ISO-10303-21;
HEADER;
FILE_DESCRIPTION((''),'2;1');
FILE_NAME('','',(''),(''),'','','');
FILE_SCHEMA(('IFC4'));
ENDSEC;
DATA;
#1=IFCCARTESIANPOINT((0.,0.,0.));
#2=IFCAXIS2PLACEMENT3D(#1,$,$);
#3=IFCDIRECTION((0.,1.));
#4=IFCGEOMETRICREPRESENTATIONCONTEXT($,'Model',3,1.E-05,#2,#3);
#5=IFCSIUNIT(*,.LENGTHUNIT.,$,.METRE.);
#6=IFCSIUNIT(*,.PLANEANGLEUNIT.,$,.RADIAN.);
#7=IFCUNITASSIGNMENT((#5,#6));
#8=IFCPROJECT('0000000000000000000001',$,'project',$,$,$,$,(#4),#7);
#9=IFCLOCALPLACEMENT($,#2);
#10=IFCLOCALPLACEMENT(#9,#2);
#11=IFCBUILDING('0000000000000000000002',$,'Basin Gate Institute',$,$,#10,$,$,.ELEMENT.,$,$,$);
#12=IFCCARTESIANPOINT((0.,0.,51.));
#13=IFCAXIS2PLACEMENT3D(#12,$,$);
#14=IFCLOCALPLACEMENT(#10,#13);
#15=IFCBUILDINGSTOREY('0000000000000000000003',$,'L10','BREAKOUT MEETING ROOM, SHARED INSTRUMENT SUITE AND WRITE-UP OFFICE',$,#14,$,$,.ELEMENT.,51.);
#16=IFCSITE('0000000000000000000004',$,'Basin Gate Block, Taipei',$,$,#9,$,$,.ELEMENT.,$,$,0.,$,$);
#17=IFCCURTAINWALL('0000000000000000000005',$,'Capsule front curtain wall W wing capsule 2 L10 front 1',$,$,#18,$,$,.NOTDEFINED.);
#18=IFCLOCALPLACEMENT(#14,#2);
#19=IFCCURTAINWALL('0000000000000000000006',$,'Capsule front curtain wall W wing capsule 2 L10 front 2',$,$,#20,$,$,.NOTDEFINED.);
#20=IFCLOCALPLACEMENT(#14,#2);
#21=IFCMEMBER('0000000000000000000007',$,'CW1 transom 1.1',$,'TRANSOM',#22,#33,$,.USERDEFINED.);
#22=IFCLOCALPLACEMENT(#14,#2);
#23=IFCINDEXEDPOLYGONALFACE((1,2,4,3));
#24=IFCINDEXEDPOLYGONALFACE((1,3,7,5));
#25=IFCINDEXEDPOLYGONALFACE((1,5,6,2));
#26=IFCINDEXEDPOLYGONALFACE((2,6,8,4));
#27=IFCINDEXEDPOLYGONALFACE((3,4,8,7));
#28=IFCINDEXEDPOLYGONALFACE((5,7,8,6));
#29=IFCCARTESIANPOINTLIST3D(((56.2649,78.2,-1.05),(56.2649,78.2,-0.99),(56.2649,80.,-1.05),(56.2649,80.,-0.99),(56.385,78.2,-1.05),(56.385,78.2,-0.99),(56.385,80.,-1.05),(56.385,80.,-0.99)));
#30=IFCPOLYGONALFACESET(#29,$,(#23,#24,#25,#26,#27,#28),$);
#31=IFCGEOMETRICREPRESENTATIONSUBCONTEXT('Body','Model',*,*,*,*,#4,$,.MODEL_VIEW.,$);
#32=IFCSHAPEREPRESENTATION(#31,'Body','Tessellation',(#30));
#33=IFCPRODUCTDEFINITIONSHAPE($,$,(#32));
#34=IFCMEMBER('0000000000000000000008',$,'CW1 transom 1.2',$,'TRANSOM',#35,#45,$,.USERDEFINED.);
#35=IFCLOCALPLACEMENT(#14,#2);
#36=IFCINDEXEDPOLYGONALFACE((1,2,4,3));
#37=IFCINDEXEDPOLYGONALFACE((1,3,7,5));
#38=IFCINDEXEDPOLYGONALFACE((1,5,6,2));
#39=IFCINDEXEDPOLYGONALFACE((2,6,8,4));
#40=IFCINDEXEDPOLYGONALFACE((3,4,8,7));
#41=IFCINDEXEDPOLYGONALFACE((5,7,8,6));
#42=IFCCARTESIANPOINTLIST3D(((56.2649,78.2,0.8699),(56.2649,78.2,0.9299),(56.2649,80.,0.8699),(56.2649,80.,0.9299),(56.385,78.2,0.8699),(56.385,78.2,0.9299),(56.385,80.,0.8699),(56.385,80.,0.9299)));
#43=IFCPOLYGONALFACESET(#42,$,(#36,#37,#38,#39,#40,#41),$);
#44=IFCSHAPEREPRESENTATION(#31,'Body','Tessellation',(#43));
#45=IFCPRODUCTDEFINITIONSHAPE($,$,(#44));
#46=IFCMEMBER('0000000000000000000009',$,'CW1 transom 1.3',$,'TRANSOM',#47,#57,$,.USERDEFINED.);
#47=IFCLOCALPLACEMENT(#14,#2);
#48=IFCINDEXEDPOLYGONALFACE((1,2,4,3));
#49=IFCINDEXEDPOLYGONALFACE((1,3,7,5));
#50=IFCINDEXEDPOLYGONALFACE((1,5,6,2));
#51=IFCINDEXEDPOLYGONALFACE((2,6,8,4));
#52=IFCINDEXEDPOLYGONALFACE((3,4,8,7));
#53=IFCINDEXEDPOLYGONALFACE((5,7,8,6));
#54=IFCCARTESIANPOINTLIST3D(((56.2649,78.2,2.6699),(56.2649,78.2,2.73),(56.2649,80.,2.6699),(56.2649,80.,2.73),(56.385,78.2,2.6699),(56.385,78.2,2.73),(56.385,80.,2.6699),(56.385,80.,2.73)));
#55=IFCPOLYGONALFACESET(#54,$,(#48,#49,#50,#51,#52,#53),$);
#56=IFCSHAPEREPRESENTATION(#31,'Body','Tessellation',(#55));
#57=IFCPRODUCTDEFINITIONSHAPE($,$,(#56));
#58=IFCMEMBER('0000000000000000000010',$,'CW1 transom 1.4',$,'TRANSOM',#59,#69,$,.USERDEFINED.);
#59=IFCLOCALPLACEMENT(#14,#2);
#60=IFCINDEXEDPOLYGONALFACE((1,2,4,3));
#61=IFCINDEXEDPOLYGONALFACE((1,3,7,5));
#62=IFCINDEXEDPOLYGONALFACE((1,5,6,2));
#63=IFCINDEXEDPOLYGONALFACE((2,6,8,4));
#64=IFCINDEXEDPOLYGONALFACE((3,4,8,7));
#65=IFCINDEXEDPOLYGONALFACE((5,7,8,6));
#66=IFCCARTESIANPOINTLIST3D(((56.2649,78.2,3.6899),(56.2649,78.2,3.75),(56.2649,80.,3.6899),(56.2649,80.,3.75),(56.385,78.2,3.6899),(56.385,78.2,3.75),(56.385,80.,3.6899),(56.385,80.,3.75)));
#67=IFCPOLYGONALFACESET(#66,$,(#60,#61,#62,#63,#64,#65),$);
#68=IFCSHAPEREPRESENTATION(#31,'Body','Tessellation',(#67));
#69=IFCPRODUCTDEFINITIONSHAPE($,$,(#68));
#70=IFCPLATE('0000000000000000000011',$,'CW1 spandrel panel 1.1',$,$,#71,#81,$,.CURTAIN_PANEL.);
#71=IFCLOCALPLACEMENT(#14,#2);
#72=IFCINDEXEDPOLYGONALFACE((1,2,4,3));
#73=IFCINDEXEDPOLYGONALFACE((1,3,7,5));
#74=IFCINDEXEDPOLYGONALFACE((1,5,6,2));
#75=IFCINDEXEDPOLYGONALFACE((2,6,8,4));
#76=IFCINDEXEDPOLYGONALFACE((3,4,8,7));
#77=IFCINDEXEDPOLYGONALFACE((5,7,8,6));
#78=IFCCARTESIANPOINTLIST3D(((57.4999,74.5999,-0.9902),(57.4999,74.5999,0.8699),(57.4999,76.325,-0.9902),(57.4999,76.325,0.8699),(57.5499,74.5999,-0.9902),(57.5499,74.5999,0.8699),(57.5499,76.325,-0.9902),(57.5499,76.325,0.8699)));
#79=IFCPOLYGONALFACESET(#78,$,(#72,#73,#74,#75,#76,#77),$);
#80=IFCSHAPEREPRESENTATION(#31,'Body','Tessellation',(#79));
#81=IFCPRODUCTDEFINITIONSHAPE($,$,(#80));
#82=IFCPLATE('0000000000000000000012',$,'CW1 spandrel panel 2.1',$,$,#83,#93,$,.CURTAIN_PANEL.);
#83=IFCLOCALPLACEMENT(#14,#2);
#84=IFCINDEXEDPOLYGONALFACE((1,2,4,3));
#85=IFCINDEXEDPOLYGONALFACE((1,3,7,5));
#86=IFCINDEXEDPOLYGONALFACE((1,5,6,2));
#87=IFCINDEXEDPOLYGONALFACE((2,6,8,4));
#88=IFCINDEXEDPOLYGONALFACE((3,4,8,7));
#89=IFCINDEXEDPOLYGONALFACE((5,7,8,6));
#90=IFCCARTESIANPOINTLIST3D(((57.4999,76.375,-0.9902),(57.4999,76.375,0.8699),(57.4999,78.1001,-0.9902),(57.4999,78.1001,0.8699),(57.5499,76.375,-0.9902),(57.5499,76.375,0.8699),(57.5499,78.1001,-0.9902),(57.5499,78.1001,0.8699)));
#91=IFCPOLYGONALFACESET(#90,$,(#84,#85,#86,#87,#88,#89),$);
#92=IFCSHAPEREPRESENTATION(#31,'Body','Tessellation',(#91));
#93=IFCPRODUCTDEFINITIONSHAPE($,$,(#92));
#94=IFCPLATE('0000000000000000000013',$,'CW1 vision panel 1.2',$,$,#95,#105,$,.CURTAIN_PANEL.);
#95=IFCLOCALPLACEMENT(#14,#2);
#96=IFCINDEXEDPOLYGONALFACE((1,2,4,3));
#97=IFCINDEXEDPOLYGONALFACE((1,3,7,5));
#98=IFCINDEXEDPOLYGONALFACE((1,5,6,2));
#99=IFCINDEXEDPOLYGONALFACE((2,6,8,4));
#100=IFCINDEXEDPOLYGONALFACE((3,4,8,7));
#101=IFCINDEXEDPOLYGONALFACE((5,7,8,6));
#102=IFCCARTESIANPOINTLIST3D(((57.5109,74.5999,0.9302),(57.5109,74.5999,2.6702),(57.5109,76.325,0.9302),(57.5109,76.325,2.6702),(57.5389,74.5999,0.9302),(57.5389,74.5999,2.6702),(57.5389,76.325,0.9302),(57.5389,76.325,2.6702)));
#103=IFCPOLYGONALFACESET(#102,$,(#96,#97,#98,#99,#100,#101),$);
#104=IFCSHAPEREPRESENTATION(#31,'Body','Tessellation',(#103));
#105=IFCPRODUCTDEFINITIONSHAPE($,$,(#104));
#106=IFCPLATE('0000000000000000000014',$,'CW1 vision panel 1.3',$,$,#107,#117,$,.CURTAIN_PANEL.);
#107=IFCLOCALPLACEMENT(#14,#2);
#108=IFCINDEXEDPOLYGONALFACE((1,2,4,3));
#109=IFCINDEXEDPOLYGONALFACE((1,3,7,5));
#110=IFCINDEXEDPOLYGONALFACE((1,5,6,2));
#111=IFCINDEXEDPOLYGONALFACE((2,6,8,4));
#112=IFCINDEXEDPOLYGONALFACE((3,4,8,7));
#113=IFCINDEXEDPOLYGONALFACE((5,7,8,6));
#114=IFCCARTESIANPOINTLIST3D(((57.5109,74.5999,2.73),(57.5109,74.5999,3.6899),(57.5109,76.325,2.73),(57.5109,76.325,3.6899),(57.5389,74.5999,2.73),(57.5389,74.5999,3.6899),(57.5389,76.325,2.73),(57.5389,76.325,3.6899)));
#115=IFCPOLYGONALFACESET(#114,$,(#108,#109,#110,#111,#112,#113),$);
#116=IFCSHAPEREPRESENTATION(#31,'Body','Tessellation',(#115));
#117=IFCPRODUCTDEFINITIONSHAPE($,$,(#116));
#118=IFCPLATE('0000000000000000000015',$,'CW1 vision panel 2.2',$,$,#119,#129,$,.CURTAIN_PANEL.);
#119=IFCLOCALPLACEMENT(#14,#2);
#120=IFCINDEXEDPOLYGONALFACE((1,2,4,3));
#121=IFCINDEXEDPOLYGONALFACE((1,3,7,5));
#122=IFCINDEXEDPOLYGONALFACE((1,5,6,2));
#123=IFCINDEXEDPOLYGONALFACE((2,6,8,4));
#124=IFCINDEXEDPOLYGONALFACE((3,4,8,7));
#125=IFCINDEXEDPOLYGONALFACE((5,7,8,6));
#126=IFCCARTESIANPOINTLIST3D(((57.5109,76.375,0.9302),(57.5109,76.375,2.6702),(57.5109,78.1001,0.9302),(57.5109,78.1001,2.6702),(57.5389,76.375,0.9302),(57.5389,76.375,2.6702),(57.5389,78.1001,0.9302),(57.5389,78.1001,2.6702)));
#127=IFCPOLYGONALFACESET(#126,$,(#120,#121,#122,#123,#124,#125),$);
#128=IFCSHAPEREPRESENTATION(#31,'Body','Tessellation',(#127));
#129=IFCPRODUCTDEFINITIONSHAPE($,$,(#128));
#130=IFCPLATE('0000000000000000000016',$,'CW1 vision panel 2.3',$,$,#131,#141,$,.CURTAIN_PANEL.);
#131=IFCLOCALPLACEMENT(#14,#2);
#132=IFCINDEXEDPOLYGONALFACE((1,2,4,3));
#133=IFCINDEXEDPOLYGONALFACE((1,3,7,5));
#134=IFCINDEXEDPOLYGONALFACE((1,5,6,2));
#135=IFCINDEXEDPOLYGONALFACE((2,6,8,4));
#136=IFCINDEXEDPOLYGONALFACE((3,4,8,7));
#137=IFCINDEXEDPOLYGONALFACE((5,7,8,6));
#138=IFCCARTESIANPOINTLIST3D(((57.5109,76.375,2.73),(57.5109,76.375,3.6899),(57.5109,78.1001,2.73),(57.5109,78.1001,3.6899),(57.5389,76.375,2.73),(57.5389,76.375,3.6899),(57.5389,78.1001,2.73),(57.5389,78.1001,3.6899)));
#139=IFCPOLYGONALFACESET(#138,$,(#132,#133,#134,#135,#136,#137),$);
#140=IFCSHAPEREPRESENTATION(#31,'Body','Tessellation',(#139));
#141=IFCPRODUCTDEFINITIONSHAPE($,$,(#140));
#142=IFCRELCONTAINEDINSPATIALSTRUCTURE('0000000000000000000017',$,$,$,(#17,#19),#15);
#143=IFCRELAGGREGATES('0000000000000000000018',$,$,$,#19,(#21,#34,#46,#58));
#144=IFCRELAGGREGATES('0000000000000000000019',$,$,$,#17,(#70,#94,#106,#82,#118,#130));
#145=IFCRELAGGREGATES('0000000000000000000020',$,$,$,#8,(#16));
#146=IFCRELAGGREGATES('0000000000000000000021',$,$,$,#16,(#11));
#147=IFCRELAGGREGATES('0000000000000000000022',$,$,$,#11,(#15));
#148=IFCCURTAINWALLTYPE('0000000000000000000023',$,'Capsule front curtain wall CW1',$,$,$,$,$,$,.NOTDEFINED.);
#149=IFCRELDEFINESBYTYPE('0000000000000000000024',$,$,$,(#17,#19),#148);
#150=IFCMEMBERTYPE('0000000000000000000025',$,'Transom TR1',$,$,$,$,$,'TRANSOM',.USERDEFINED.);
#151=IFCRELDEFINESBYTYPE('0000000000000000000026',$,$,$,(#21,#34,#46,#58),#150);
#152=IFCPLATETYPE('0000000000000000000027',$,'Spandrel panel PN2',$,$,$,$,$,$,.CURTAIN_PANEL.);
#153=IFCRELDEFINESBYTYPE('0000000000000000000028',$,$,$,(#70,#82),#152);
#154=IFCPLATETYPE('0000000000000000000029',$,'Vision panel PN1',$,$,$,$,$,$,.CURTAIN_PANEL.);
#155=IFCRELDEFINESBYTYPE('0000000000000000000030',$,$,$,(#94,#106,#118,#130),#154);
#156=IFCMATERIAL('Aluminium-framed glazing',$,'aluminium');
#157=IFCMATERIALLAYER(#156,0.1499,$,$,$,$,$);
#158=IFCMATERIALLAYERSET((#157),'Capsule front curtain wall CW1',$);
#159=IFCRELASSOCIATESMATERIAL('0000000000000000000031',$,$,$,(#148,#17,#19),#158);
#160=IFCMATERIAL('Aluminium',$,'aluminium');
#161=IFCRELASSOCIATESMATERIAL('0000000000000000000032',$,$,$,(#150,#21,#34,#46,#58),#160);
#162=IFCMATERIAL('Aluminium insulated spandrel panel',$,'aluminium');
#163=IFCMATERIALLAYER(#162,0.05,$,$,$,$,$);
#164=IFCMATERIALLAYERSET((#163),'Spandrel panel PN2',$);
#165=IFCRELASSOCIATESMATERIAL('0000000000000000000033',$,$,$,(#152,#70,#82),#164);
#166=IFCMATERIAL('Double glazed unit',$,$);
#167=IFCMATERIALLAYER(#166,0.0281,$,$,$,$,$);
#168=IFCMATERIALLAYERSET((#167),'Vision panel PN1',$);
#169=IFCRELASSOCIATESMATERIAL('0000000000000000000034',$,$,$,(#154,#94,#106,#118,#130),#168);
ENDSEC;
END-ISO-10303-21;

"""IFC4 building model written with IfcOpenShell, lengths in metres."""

from ifc_helpers import new_model, si_unit, direction, frame, origin, origin_2d, place, context, subcontext, project, spatial, rectangle, extrude, material, layer, layer_set, material_profile, profile_set, type_object, element, aggregate, save


model = new_model("IFC4")

# Units and contexts
model_context = context("Model", 3, precision=1e-05, world=origin(), true_north=direction((0.0, 1.0)))
body_context = subcontext(model_context, "Body", "Model", "MODEL_VIEW")
ifc_project = project(units=[si_unit("LENGTHUNIT", "METRE"), si_unit("PLANEANGLEUNIT", "RADIAN")], contexts=[model_context])

# Site, building, storey
site_placement = place(None, origin())
site = spatial("IfcSite", under=ifc_project, at=site_placement, Name="Basin Gate Block, Taipei", CompositionType="ELEMENT", RefElevation=0.0)
building_placement = place(site_placement, origin())
building = spatial("IfcBuilding", under=site, at=building_placement, Name="Basin Gate Institute", CompositionType="ELEMENT")
storey_placement = place(building_placement, frame((0.0, 0.0, 51.0)))
storey = spatial("IfcBuildingStorey", under=building, at=storey_placement, Name="L10", Description="BREAKOUT MEETING ROOM, SHARED INSTRUMENT SUITE AND WRITE-UP OFFICE", CompositionType="ELEMENT", Elevation=51.0)

# Shared definitions
ifc_material_1 = material(Name="Aluminium-framed glazing", Category="aluminium")
ifc_layer_1 = layer(ifc_material_1, 0.1499)
ifc_layer_set_1 = layer_set([ifc_layer_1], Name="Capsule front curtain wall CW1")
curtain_wall_type = type_object("IfcCurtainWallType", Name="Capsule front curtain wall CW1", PredefinedType="NOTDEFINED", material=ifc_layer_set_1)

# Curtain wall
curtain_wall_1_placement = place(storey_placement, origin())
curtain_wall_1 = element("IfcCurtainWall", 1, at=curtain_wall_1_placement, inside=storey, type_object=curtain_wall_type, material=ifc_layer_set_1, Name="Capsule front curtain wall W wing capsule 2 L10 front 1", PredefinedType="NOTDEFINED")

# Curtain wall
curtain_wall_2_placement = place(storey_placement, origin())
curtain_wall_2 = element("IfcCurtainWall", 2, at=curtain_wall_2_placement, inside=storey, type_object=curtain_wall_type, material=ifc_layer_set_1, Name="Capsule front curtain wall W wing capsule 2 L10 front 2", PredefinedType="NOTDEFINED")

# Members
ifc_material_2 = material(Name="Aluminium", Category="aluminium")
ifc_material_profile_1 = material_profile(ifc_material_2, rectangle(XDim=0.1201, YDim=0.0601, at=origin_2d()), Name="Transom TR1 120 x 60")
ifc_profile_set_1 = profile_set([ifc_material_profile_1], Name="Aluminium")
member_type_1 = type_object("IfcMemberType", Name="Transom TR1", ElementType="TRANSOM", PredefinedType="USERDEFINED", material=ifc_profile_set_1)
member_1_placement = place(storey_placement, frame((56.325, 78.2, -1.02), z_axis=(0.0, 1.0, 0.0), x_axis=(-1.0, 0.0, 0.0)))
member_1 = element("IfcMember", 3, at=member_1_placement, type_object=member_type_1, material=ifc_profile_set_1, Name="CW1 transom 1.1", ObjectType="TRANSOM", PredefinedType="USERDEFINED", context=body_context, shape_type="SweptSolid", body=[
    extrude(rectangle(XDim=0.1201, YDim=0.0601, at=origin_2d()), origin(), (0.0, 0.0, 1.0), 1.8),
])
member_2_placement = place(storey_placement, frame((56.325, 78.2, 0.8999), z_axis=(0.0, 1.0, 0.0), x_axis=(-1.0, 0.0, 0.0)))
member_2 = element("IfcMember", 4, at=member_2_placement, type_object=member_type_1, material=ifc_profile_set_1, Name="CW1 transom 1.2", ObjectType="TRANSOM", PredefinedType="USERDEFINED", context=body_context, shape_type="SweptSolid", body=[
    extrude(rectangle(XDim=0.1201, YDim=0.0601, at=origin_2d()), origin(), (0.0, 0.0, 1.0), 1.8),
])
member_3_placement = place(storey_placement, frame((56.325, 78.2, 2.7), z_axis=(0.0, 1.0, 0.0), x_axis=(-1.0, 0.0, 0.0)))
member_3 = element("IfcMember", 5, at=member_3_placement, type_object=member_type_1, material=ifc_profile_set_1, Name="CW1 transom 1.3", ObjectType="TRANSOM", PredefinedType="USERDEFINED", context=body_context, shape_type="SweptSolid", body=[
    extrude(rectangle(XDim=0.1201, YDim=0.0601, at=origin_2d()), origin(), (0.0, 0.0, 1.0), 1.8),
])
member_4_placement = place(storey_placement, frame((56.325, 78.2, 3.72), z_axis=(0.0, 1.0, 0.0), x_axis=(-1.0, 0.0, 0.0)))
member_4 = element("IfcMember", 6, at=member_4_placement, type_object=member_type_1, material=ifc_profile_set_1, Name="CW1 transom 1.4", ObjectType="TRANSOM", PredefinedType="USERDEFINED", context=body_context, shape_type="SweptSolid", body=[
    extrude(rectangle(XDim=0.1201, YDim=0.0601, at=origin_2d()), origin(), (0.0, 0.0, 1.0), 1.8),
])
aggregate(curtain_wall_2, [member_1, member_2, member_3, member_4])

# Plates
ifc_material_3 = material(Name="Aluminium insulated spandrel panel", Category="aluminium")
ifc_layer_2 = layer(ifc_material_3, 0.05)
ifc_layer_set_2 = layer_set([ifc_layer_2], Name="Spandrel panel PN2")
plate_type_1 = type_object("IfcPlateType", Name="Spandrel panel PN2", PredefinedType="CURTAIN_PANEL", material=ifc_layer_set_2)
plate_1_placement = place(storey_placement, frame((57.5249, 75.4624, -0.9902), z_axis=(0.0, 0.0, 1.0), x_axis=(0.0, 1.0, 0.0)))
plate_1 = element("IfcPlate", 7, at=plate_1_placement, type_object=plate_type_1, material=ifc_layer_set_2, Name="CW1 spandrel panel 1.1", PredefinedType="CURTAIN_PANEL", context=body_context, shape_type="SweptSolid", body=[
    extrude(rectangle(XDim=1.7251, YDim=0.05, at=origin_2d()), origin(), (0.0, 0.0, 1.0), 1.8601),
])
plate_2_placement = place(storey_placement, frame((57.5249, 77.2375, -0.9902), z_axis=(0.0, 0.0, 1.0), x_axis=(0.0, 1.0, 0.0)))
plate_2 = element("IfcPlate", 8, at=plate_2_placement, type_object=plate_type_1, material=ifc_layer_set_2, Name="CW1 spandrel panel 2.1", PredefinedType="CURTAIN_PANEL", context=body_context, shape_type="SweptSolid", body=[
    extrude(rectangle(XDim=1.7251, YDim=0.05, at=origin_2d()), origin(), (0.0, 0.0, 1.0), 1.8601),
])
ifc_material_4 = material(Name="Double glazed unit")
ifc_layer_3 = layer(ifc_material_4, 0.0281)
ifc_layer_set_3 = layer_set([ifc_layer_3], Name="Vision panel PN1")
plate_type_2 = type_object("IfcPlateType", Name="Vision panel PN1", PredefinedType="CURTAIN_PANEL", material=ifc_layer_set_3)
plate_3_placement = place(storey_placement, frame((57.5249, 75.4624, 0.9302), z_axis=(0.0, 0.0, 1.0), x_axis=(0.0, 1.0, 0.0)))
plate_3 = element("IfcPlate", 9, at=plate_3_placement, type_object=plate_type_2, material=ifc_layer_set_3, Name="CW1 vision panel 1.2", PredefinedType="CURTAIN_PANEL", context=body_context, shape_type="SweptSolid", body=[
    extrude(rectangle(XDim=1.7251, YDim=0.0281, at=origin_2d()), origin(), (0.0, 0.0, 1.0), 1.74),
])
plate_4_placement = place(storey_placement, frame((57.5249, 75.4624, 2.73), z_axis=(0.0, 0.0, 1.0), x_axis=(0.0, 1.0, 0.0)))
plate_4 = element("IfcPlate", 10, at=plate_4_placement, type_object=plate_type_2, material=ifc_layer_set_3, Name="CW1 vision panel 1.3", PredefinedType="CURTAIN_PANEL", context=body_context, shape_type="SweptSolid", body=[
    extrude(rectangle(XDim=1.7251, YDim=0.0281, at=origin_2d()), origin(), (0.0, 0.0, 1.0), 0.96),
])
plate_5_placement = place(storey_placement, frame((57.5249, 77.2375, 0.9302), z_axis=(0.0, 0.0, 1.0), x_axis=(0.0, 1.0, 0.0)))
plate_5 = element("IfcPlate", 11, at=plate_5_placement, type_object=plate_type_2, material=ifc_layer_set_3, Name="CW1 vision panel 2.2", PredefinedType="CURTAIN_PANEL", context=body_context, shape_type="SweptSolid", body=[
    extrude(rectangle(XDim=1.7251, YDim=0.0281, at=origin_2d()), origin(), (0.0, 0.0, 1.0), 1.74),
])
plate_6_placement = place(storey_placement, frame((57.5249, 77.2375, 2.73), z_axis=(0.0, 0.0, 1.0), x_axis=(0.0, 1.0, 0.0)))
plate_6 = element("IfcPlate", 12, at=plate_6_placement, type_object=plate_type_2, material=ifc_layer_set_3, Name="CW1 vision panel 2.3", PredefinedType="CURTAIN_PANEL", context=body_context, shape_type="SweptSolid", body=[
    extrude(rectangle(XDim=1.7251, YDim=0.0281, at=origin_2d()), origin(), (0.0, 0.0, 1.0), 0.96),
])
aggregate(curtain_wall_1, [plate_1, plate_3, plate_4, plate_2, plate_5, plate_6])

save(model, "model.ifc")
